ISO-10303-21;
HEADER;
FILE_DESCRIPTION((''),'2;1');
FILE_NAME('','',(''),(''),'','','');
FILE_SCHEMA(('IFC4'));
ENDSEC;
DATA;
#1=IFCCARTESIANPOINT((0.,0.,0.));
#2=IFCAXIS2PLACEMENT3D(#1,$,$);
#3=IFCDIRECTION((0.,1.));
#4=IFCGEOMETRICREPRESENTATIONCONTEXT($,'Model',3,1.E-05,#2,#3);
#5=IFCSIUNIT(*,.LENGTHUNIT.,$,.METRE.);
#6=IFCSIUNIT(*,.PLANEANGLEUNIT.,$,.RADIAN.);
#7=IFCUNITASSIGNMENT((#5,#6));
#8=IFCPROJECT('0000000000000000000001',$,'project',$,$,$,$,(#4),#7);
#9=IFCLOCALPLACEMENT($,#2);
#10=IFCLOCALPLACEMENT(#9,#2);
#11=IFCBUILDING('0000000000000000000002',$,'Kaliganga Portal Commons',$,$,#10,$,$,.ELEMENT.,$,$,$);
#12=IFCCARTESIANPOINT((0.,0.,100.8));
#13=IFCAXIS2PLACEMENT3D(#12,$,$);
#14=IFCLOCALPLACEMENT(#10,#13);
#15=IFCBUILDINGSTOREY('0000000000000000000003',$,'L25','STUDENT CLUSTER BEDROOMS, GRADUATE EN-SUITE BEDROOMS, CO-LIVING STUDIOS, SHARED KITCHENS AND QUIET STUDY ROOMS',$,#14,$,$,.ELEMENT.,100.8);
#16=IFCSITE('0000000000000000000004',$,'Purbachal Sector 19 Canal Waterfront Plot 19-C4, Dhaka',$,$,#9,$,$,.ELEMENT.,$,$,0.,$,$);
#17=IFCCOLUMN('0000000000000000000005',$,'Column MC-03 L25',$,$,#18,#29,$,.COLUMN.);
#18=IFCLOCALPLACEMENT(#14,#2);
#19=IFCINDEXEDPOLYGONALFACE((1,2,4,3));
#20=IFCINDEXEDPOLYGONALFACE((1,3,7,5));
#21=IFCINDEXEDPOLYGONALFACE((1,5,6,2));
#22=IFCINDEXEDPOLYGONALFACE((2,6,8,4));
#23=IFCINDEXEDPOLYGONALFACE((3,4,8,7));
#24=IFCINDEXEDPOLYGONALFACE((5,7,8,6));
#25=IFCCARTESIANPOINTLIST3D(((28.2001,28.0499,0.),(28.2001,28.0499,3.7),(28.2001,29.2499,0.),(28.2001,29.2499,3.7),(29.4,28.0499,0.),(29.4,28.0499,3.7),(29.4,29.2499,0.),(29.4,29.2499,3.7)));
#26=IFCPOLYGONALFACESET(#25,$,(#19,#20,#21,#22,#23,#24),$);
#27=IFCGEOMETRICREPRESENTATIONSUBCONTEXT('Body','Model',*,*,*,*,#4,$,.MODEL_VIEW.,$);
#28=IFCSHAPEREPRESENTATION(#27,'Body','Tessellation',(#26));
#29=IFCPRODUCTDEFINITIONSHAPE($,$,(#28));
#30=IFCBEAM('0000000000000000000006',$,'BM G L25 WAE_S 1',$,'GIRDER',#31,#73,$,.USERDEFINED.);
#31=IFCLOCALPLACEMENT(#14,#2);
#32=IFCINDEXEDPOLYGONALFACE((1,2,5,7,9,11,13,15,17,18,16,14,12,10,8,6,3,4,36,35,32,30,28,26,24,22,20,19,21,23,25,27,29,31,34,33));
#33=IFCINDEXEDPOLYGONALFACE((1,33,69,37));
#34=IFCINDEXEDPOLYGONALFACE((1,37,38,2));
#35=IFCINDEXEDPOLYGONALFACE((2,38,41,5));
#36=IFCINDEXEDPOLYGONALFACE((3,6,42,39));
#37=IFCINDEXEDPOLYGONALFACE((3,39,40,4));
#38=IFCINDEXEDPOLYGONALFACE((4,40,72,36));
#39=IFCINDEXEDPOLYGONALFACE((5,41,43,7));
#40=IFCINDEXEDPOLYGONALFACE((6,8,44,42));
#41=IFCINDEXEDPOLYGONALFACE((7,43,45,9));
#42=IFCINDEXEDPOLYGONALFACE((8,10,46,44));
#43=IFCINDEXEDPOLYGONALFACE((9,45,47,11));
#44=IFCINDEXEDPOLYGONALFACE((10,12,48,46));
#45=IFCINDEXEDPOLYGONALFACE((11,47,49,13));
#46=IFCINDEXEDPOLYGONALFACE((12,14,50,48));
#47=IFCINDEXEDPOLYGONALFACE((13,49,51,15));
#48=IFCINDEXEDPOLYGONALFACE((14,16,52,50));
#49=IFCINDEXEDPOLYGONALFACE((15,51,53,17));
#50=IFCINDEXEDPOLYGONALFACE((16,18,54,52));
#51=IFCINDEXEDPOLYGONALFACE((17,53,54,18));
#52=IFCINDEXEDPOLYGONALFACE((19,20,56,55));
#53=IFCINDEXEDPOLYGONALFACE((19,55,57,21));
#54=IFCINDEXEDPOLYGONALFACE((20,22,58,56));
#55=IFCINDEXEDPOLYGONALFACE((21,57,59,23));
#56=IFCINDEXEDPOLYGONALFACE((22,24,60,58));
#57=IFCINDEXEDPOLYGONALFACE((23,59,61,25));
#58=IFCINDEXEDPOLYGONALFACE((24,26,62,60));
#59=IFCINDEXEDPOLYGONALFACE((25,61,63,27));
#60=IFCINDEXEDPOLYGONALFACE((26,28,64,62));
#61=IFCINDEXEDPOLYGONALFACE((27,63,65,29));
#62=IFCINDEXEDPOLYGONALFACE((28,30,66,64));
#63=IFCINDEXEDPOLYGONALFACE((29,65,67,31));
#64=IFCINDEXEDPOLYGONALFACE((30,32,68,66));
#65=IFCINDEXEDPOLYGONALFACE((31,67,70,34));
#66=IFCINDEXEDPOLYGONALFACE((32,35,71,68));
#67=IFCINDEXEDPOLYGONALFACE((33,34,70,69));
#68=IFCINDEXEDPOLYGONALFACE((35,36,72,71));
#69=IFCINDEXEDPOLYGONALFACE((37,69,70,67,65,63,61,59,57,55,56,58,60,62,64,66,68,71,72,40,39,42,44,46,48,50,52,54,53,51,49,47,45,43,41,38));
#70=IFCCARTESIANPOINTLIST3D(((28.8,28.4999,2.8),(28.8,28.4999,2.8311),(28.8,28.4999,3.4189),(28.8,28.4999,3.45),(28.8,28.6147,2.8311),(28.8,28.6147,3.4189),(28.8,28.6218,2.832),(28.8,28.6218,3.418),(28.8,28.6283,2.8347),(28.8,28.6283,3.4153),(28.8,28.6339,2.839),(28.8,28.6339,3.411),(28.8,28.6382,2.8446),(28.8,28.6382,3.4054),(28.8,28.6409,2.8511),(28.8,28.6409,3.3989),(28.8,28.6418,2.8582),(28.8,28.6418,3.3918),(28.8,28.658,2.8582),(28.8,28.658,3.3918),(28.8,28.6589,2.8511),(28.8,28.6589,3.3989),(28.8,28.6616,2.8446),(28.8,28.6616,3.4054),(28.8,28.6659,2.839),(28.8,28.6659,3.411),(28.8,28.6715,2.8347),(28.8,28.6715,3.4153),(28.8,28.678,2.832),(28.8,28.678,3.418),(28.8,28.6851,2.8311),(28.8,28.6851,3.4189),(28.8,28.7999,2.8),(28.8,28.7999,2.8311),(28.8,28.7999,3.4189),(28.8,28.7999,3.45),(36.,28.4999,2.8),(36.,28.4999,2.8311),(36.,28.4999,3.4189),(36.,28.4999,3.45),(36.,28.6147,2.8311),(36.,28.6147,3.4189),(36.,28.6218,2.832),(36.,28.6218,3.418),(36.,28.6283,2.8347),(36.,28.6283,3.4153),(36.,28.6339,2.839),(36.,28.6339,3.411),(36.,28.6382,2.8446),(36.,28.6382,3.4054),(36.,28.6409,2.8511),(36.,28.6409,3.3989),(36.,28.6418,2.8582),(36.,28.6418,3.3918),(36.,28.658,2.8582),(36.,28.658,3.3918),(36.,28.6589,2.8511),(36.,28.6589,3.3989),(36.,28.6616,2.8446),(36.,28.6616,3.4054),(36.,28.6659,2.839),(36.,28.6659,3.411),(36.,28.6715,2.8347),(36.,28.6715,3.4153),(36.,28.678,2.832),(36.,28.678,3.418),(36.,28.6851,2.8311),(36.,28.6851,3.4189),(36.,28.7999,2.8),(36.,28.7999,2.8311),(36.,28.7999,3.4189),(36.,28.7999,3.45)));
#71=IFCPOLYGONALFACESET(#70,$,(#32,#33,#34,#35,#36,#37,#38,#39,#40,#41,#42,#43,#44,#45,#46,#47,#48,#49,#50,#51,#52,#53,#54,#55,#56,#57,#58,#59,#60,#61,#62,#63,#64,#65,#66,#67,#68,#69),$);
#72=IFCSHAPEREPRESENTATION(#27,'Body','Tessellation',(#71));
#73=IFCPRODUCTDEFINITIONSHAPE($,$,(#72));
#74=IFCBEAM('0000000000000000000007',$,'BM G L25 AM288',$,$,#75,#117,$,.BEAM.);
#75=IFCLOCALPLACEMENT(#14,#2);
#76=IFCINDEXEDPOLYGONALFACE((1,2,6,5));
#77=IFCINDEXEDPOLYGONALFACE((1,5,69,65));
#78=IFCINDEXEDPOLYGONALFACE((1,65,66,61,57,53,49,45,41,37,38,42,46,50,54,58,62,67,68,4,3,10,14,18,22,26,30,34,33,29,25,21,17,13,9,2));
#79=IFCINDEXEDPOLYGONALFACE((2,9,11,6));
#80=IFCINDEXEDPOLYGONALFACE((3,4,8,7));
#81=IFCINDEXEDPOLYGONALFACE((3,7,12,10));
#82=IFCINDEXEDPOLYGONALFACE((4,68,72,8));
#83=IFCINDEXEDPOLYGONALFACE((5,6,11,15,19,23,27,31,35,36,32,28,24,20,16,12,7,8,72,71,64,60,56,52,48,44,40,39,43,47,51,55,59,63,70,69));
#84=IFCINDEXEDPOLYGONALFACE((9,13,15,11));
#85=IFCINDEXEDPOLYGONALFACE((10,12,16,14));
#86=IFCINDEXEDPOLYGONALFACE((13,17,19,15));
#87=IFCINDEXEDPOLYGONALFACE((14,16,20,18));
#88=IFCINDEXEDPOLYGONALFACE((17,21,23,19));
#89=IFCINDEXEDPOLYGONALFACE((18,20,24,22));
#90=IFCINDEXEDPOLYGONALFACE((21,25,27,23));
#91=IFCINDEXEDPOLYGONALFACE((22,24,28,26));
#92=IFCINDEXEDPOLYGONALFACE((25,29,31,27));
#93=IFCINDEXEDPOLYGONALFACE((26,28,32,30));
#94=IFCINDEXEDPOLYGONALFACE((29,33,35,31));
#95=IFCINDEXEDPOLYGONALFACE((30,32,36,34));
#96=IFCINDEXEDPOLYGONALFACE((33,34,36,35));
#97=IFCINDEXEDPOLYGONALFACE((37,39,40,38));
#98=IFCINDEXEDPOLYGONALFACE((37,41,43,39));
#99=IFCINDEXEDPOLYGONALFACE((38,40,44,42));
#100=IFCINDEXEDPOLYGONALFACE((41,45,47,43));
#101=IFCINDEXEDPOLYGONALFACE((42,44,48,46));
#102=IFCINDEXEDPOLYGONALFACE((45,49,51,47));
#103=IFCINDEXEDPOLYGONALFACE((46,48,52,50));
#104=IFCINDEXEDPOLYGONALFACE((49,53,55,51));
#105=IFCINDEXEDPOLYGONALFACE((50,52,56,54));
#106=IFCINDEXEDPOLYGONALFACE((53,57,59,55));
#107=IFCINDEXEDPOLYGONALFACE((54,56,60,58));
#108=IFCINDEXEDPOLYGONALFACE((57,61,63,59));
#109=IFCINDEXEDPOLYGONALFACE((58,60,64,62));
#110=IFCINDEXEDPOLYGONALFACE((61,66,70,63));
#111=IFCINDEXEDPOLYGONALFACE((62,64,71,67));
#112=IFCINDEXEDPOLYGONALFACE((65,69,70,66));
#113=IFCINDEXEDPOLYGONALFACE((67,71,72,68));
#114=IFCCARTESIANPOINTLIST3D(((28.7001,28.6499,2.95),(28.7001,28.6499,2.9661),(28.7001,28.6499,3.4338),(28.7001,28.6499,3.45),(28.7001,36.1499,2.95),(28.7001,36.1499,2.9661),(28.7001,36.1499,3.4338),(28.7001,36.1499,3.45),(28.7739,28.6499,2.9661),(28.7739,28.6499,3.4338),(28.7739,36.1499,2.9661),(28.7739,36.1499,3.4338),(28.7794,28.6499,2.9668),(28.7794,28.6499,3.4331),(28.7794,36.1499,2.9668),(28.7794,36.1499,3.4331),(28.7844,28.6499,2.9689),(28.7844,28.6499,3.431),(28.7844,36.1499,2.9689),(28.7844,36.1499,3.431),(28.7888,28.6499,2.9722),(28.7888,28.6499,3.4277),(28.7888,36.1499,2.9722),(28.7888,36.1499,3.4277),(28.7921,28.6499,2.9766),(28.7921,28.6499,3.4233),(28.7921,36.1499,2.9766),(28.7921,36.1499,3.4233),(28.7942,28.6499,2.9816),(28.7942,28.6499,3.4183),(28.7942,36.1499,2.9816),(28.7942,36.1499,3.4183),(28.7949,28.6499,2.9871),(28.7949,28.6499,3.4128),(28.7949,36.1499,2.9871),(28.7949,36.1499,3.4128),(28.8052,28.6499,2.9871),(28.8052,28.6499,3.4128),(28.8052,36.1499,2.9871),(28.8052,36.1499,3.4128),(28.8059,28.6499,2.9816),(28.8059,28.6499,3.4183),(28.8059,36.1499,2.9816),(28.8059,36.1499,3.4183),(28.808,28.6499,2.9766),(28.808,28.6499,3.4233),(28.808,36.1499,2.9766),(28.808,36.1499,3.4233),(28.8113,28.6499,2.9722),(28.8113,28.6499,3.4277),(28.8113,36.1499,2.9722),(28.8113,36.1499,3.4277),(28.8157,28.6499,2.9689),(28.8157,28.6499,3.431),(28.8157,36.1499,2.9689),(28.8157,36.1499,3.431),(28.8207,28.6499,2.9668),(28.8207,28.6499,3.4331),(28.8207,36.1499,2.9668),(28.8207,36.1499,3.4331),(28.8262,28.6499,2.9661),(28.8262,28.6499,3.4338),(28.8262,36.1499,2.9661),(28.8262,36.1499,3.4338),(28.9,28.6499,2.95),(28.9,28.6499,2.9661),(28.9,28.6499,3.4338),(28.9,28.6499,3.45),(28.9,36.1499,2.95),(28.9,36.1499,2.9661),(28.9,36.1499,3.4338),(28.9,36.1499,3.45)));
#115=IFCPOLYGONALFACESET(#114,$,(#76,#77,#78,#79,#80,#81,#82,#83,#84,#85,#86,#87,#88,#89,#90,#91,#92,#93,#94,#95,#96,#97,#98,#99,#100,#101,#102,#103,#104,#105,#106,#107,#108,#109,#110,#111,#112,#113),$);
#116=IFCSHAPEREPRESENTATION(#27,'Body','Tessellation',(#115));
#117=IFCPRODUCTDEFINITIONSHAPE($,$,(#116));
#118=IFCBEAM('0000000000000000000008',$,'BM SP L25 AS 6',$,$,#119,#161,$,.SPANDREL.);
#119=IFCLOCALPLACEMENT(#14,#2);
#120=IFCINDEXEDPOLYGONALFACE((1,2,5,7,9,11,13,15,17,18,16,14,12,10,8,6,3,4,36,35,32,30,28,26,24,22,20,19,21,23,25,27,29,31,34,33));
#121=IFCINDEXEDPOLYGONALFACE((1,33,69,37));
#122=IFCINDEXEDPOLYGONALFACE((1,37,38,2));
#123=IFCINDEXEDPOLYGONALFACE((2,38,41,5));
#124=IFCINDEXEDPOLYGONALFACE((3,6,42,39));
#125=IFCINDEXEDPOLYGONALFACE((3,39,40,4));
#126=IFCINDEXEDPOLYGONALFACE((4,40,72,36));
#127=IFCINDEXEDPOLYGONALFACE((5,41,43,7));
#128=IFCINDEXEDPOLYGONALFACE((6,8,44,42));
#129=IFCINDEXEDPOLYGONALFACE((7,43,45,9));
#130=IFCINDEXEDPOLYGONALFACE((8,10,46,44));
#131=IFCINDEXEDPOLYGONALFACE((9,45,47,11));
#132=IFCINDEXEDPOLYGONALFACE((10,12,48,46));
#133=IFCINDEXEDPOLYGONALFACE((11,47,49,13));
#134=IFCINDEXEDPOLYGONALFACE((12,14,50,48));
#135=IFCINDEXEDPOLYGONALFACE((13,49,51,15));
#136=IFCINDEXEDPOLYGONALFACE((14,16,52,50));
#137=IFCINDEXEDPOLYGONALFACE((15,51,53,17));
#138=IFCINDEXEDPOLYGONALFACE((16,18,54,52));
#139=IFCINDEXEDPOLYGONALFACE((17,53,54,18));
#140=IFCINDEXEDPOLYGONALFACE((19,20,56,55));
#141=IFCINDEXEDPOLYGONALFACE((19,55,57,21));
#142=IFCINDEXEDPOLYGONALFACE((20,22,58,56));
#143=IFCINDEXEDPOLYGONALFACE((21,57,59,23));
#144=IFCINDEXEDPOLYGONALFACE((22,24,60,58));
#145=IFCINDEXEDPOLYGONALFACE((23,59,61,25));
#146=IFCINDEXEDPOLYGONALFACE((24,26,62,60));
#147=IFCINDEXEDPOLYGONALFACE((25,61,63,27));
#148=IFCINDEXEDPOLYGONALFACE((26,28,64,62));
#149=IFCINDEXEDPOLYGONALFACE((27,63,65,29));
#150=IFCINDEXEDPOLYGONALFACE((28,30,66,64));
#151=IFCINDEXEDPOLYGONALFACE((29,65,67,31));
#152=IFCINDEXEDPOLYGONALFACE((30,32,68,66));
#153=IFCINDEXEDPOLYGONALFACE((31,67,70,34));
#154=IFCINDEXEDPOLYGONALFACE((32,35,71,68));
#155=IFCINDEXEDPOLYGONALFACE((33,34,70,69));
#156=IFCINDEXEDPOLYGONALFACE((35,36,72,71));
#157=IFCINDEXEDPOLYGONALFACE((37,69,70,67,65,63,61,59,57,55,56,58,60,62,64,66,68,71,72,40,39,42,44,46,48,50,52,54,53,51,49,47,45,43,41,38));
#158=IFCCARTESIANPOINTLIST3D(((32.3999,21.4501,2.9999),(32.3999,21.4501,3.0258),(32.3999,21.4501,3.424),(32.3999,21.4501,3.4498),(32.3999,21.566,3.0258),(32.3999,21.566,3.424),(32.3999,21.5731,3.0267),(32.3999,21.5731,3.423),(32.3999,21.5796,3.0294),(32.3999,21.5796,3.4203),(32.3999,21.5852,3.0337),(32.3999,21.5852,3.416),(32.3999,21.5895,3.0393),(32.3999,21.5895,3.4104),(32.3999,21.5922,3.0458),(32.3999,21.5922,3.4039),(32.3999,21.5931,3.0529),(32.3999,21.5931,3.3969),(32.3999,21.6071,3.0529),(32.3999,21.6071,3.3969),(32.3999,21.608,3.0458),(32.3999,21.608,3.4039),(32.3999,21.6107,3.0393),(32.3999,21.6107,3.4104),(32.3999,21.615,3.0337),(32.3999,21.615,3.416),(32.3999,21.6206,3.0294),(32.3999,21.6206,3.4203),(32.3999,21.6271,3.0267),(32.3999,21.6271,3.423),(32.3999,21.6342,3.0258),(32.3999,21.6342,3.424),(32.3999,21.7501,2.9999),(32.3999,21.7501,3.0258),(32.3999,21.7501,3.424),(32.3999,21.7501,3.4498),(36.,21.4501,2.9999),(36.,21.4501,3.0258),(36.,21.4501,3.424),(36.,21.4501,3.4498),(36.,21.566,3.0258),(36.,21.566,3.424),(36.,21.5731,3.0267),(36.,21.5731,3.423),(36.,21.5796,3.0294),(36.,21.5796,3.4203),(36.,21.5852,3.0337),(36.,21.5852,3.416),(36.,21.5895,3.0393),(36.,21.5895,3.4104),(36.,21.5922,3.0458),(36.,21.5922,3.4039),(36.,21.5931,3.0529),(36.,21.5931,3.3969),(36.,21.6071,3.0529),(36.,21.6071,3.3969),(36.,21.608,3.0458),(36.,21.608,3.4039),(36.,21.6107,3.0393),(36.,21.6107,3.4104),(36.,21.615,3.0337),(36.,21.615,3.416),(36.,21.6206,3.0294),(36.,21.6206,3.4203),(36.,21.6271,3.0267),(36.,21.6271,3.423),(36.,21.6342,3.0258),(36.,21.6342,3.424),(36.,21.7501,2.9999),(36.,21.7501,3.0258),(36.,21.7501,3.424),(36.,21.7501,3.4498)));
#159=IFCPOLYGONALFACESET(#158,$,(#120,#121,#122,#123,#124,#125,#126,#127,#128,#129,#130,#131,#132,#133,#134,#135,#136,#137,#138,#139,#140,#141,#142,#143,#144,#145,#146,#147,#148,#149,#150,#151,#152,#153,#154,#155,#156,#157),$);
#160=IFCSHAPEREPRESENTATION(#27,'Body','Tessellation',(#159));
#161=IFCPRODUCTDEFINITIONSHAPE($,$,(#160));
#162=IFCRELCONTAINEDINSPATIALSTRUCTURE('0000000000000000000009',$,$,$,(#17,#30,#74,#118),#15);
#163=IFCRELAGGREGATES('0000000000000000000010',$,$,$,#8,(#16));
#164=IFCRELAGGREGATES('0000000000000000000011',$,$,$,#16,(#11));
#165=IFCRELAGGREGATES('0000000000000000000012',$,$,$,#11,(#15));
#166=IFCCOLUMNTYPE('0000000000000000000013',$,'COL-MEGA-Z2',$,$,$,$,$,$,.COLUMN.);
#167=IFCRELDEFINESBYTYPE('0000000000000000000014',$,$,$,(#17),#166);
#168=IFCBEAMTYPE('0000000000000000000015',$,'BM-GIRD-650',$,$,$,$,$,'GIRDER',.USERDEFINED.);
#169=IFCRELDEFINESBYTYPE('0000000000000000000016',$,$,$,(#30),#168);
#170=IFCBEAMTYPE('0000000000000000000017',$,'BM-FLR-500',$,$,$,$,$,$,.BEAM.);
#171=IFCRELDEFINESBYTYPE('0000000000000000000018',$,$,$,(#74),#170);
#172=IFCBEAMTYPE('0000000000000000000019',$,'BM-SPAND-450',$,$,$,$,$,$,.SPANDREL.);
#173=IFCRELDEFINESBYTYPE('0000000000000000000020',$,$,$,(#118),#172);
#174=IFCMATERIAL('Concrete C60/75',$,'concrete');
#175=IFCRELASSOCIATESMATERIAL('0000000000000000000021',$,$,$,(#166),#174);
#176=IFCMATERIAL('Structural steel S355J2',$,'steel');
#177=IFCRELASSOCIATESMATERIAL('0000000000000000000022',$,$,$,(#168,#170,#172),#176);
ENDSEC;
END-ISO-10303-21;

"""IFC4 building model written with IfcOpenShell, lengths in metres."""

from ifc_helpers import new_model, si_unit, direction, frame, origin, origin_2d, place, context, subcontext, project, spatial, rectangle, i_section, extrude, source, transform, mapped, material, material_profile, profile_set, type_object, element, save


model = new_model("IFC4")

# Units and contexts
model_context = context("Model", 3, precision=1e-05, world=origin(), true_north=direction((0.0, 1.0)))
body_context = subcontext(model_context, "Body", "Model", "MODEL_VIEW")
ifc_project = project(units=[si_unit("LENGTHUNIT", "METRE"), si_unit("PLANEANGLEUNIT", "RADIAN")], contexts=[model_context])

# Site, building, storey
site_placement = place(None, origin())
site = spatial("IfcSite", under=ifc_project, at=site_placement, Name="Purbachal Sector 19 Canal Waterfront Plot 19-C4, Dhaka", CompositionType="ELEMENT", RefElevation=0.0)
building_placement = place(site_placement, origin())
building = spatial("IfcBuilding", under=site, at=building_placement, Name="Kaliganga Portal Commons", CompositionType="ELEMENT")
storey_placement = place(building_placement, frame((0.0, 0.0, 100.8)))
storey = spatial("IfcBuildingStorey", under=building, at=storey_placement, Name="L25", Description="STUDENT CLUSTER BEDROOMS, GRADUATE EN-SUITE BEDROOMS, CO-LIVING STUDIOS, SHARED KITCHENS AND QUIET STUDY ROOMS", CompositionType="ELEMENT", Elevation=100.8)

# Column
ifc_material_1 = material(Name="Concrete C60/75", Category="concrete")
ifc_material_profile_1 = material_profile(ifc_material_1, rectangle(XDim=1.2, YDim=1.2, at=origin_2d()), Name="RC 1200x1200")
ifc_profile_set_1 = profile_set([ifc_material_profile_1], Name="Concrete C60/75")
column_type = type_object("IfcColumnType", Name="COL-MEGA-Z2", PredefinedType="COLUMN", material=ifc_profile_set_1)
shared_shape_1 = source(origin(), body_context, "Body", "SweptSolid", [
    extrude(rectangle(XDim=1.2, YDim=1.2, at=origin_2d()), origin(), (0.0, 0.0, 1.0), 3.7),
])
column_placement = place(storey_placement, frame((28.8, 28.6499, 0.0), z_axis=(0.0, 0.0, 1.0), x_axis=(1.0, 0.0, 0.0)))
element("IfcColumn", 1, at=column_placement, inside=storey, type_object=column_type, Name="Column MC-03 L25", PredefinedType="COLUMN", context=body_context, shape_type="MappedRepresentation", body=[
    mapped(shared_shape_1, transform((0.0, 0.0, 0.0), x_axis=(1.0, 0.0, 0.0), y_axis=(0.0, 1.0, 0.0), z_axis=(0.0, 0.0, 1.0), scale=1.0)),
])

# Beams
ifc_material_2 = material(Name="Structural steel S355J2", Category="steel")
ifc_material_profile_2 = material_profile(ifc_material_2, i_section(OverallWidth=0.3, OverallDepth=0.6499, WebThickness=0.0161, FlangeThickness=0.031, FilletRadius=0.0271, at=origin_2d()), Name="HE 650 B")
ifc_profile_set_2 = profile_set([ifc_material_profile_2], Name="Structural steel S355J2 wide-flange")
beam_type_1 = type_object("IfcBeamType", Name="BM-GIRD-650", ElementType="GIRDER", PredefinedType="USERDEFINED", material=ifc_profile_set_2)
shared_shape_2 = source(origin(), body_context, "Body", "SweptSolid", [
    extrude(i_section(OverallWidth=0.3, OverallDepth=0.6499, WebThickness=0.0161, FlangeThickness=0.031, FilletRadius=0.0271, at=origin_2d()), origin(), (0.0, 0.0, 1.0), 7.2),
])
beam_1_placement = place(storey_placement, frame((28.8, 28.6499, 3.125), z_axis=(1.0, 0.0, 0.0), x_axis=(0.0, 1.0, 0.0)))
element("IfcBeam", 2, at=beam_1_placement, inside=storey, type_object=beam_type_1, Name="BM G L25 WAE_S 1", ObjectType="GIRDER", PredefinedType="USERDEFINED", context=body_context, shape_type="MappedRepresentation", body=[
    mapped(shared_shape_2, transform((0.0, 0.0, 0.0), x_axis=(1.0, 0.0, 0.0), y_axis=(0.0, 1.0, 0.0), z_axis=(0.0, 0.0, 1.0), scale=1.0)),
])
ifc_material_profile_3 = material_profile(ifc_material_2, i_section(OverallWidth=0.2, OverallDepth=0.5, WebThickness=0.0103, FlangeThickness=0.0161, FilletRadius=0.021, at=origin_2d()), Name="IPE 500")
ifc_profile_set_3 = profile_set([ifc_material_profile_3], Name="Structural steel S355J2 wide-flange")
beam_type_2 = type_object("IfcBeamType", Name="BM-FLR-500", PredefinedType="BEAM", material=ifc_profile_set_3)
shared_shape_3 = source(origin(), body_context, "Body", "SweptSolid", [
    extrude(i_section(OverallWidth=0.2, OverallDepth=0.5, WebThickness=0.0103, FlangeThickness=0.0161, FilletRadius=0.021, at=origin_2d()), origin(), (0.0, 0.0, 1.0), 7.5),
])
beam_2_placement = place(storey_placement, frame((28.8, 28.6499, 3.2), z_axis=(0.0, 1.0, 0.0), x_axis=(-1.0, 0.0, 0.0)))
element("IfcBeam", 3, at=beam_2_placement, inside=storey, type_object=beam_type_2, Name="BM G L25 AM288", PredefinedType="BEAM", context=body_context, shape_type="MappedRepresentation", body=[
    mapped(shared_shape_3, transform((0.0, 0.0, 0.0), x_axis=(1.0, 0.0, 0.0), y_axis=(0.0, 1.0, 0.0), z_axis=(0.0, 0.0, 1.0), scale=1.0)),
])
ifc_material_profile_4 = material_profile(ifc_material_2, i_section(OverallWidth=0.3, OverallDepth=0.45, WebThickness=0.0139, FlangeThickness=0.0259, FilletRadius=0.0271, at=origin_2d()), Name="HE 450 B")
ifc_profile_set_4 = profile_set([ifc_material_profile_4], Name="Structural steel S355J2 wide-flange")
beam_type_3 = type_object("IfcBeamType", Name="BM-SPAND-450", PredefinedType="SPANDREL", material=ifc_profile_set_4)
shared_shape_4 = source(origin(), body_context, "Body", "SweptSolid", [
    extrude(i_section(OverallWidth=0.3, OverallDepth=0.45, WebThickness=0.0139, FlangeThickness=0.0259, FilletRadius=0.0271, at=origin_2d()), origin(), (0.0, 0.0, 1.0), 3.6001),
])
beam_3_placement = place(storey_placement, frame((32.3999, 21.6001, 3.2249), z_axis=(1.0, 0.0, 0.0), x_axis=(0.0, 1.0, 0.0)))
element("IfcBeam", 4, at=beam_3_placement, inside=storey, type_object=beam_type_3, Name="BM SP L25 AS 6", PredefinedType="SPANDREL", context=body_context, shape_type="MappedRepresentation", body=[
    mapped(shared_shape_4, transform((0.0, 0.0, 0.0), x_axis=(1.0, 0.0, 0.0), y_axis=(0.0, 1.0, 0.0), z_axis=(0.0, 0.0, 1.0), scale=1.0)),
])

save(model, "model.ifc")
